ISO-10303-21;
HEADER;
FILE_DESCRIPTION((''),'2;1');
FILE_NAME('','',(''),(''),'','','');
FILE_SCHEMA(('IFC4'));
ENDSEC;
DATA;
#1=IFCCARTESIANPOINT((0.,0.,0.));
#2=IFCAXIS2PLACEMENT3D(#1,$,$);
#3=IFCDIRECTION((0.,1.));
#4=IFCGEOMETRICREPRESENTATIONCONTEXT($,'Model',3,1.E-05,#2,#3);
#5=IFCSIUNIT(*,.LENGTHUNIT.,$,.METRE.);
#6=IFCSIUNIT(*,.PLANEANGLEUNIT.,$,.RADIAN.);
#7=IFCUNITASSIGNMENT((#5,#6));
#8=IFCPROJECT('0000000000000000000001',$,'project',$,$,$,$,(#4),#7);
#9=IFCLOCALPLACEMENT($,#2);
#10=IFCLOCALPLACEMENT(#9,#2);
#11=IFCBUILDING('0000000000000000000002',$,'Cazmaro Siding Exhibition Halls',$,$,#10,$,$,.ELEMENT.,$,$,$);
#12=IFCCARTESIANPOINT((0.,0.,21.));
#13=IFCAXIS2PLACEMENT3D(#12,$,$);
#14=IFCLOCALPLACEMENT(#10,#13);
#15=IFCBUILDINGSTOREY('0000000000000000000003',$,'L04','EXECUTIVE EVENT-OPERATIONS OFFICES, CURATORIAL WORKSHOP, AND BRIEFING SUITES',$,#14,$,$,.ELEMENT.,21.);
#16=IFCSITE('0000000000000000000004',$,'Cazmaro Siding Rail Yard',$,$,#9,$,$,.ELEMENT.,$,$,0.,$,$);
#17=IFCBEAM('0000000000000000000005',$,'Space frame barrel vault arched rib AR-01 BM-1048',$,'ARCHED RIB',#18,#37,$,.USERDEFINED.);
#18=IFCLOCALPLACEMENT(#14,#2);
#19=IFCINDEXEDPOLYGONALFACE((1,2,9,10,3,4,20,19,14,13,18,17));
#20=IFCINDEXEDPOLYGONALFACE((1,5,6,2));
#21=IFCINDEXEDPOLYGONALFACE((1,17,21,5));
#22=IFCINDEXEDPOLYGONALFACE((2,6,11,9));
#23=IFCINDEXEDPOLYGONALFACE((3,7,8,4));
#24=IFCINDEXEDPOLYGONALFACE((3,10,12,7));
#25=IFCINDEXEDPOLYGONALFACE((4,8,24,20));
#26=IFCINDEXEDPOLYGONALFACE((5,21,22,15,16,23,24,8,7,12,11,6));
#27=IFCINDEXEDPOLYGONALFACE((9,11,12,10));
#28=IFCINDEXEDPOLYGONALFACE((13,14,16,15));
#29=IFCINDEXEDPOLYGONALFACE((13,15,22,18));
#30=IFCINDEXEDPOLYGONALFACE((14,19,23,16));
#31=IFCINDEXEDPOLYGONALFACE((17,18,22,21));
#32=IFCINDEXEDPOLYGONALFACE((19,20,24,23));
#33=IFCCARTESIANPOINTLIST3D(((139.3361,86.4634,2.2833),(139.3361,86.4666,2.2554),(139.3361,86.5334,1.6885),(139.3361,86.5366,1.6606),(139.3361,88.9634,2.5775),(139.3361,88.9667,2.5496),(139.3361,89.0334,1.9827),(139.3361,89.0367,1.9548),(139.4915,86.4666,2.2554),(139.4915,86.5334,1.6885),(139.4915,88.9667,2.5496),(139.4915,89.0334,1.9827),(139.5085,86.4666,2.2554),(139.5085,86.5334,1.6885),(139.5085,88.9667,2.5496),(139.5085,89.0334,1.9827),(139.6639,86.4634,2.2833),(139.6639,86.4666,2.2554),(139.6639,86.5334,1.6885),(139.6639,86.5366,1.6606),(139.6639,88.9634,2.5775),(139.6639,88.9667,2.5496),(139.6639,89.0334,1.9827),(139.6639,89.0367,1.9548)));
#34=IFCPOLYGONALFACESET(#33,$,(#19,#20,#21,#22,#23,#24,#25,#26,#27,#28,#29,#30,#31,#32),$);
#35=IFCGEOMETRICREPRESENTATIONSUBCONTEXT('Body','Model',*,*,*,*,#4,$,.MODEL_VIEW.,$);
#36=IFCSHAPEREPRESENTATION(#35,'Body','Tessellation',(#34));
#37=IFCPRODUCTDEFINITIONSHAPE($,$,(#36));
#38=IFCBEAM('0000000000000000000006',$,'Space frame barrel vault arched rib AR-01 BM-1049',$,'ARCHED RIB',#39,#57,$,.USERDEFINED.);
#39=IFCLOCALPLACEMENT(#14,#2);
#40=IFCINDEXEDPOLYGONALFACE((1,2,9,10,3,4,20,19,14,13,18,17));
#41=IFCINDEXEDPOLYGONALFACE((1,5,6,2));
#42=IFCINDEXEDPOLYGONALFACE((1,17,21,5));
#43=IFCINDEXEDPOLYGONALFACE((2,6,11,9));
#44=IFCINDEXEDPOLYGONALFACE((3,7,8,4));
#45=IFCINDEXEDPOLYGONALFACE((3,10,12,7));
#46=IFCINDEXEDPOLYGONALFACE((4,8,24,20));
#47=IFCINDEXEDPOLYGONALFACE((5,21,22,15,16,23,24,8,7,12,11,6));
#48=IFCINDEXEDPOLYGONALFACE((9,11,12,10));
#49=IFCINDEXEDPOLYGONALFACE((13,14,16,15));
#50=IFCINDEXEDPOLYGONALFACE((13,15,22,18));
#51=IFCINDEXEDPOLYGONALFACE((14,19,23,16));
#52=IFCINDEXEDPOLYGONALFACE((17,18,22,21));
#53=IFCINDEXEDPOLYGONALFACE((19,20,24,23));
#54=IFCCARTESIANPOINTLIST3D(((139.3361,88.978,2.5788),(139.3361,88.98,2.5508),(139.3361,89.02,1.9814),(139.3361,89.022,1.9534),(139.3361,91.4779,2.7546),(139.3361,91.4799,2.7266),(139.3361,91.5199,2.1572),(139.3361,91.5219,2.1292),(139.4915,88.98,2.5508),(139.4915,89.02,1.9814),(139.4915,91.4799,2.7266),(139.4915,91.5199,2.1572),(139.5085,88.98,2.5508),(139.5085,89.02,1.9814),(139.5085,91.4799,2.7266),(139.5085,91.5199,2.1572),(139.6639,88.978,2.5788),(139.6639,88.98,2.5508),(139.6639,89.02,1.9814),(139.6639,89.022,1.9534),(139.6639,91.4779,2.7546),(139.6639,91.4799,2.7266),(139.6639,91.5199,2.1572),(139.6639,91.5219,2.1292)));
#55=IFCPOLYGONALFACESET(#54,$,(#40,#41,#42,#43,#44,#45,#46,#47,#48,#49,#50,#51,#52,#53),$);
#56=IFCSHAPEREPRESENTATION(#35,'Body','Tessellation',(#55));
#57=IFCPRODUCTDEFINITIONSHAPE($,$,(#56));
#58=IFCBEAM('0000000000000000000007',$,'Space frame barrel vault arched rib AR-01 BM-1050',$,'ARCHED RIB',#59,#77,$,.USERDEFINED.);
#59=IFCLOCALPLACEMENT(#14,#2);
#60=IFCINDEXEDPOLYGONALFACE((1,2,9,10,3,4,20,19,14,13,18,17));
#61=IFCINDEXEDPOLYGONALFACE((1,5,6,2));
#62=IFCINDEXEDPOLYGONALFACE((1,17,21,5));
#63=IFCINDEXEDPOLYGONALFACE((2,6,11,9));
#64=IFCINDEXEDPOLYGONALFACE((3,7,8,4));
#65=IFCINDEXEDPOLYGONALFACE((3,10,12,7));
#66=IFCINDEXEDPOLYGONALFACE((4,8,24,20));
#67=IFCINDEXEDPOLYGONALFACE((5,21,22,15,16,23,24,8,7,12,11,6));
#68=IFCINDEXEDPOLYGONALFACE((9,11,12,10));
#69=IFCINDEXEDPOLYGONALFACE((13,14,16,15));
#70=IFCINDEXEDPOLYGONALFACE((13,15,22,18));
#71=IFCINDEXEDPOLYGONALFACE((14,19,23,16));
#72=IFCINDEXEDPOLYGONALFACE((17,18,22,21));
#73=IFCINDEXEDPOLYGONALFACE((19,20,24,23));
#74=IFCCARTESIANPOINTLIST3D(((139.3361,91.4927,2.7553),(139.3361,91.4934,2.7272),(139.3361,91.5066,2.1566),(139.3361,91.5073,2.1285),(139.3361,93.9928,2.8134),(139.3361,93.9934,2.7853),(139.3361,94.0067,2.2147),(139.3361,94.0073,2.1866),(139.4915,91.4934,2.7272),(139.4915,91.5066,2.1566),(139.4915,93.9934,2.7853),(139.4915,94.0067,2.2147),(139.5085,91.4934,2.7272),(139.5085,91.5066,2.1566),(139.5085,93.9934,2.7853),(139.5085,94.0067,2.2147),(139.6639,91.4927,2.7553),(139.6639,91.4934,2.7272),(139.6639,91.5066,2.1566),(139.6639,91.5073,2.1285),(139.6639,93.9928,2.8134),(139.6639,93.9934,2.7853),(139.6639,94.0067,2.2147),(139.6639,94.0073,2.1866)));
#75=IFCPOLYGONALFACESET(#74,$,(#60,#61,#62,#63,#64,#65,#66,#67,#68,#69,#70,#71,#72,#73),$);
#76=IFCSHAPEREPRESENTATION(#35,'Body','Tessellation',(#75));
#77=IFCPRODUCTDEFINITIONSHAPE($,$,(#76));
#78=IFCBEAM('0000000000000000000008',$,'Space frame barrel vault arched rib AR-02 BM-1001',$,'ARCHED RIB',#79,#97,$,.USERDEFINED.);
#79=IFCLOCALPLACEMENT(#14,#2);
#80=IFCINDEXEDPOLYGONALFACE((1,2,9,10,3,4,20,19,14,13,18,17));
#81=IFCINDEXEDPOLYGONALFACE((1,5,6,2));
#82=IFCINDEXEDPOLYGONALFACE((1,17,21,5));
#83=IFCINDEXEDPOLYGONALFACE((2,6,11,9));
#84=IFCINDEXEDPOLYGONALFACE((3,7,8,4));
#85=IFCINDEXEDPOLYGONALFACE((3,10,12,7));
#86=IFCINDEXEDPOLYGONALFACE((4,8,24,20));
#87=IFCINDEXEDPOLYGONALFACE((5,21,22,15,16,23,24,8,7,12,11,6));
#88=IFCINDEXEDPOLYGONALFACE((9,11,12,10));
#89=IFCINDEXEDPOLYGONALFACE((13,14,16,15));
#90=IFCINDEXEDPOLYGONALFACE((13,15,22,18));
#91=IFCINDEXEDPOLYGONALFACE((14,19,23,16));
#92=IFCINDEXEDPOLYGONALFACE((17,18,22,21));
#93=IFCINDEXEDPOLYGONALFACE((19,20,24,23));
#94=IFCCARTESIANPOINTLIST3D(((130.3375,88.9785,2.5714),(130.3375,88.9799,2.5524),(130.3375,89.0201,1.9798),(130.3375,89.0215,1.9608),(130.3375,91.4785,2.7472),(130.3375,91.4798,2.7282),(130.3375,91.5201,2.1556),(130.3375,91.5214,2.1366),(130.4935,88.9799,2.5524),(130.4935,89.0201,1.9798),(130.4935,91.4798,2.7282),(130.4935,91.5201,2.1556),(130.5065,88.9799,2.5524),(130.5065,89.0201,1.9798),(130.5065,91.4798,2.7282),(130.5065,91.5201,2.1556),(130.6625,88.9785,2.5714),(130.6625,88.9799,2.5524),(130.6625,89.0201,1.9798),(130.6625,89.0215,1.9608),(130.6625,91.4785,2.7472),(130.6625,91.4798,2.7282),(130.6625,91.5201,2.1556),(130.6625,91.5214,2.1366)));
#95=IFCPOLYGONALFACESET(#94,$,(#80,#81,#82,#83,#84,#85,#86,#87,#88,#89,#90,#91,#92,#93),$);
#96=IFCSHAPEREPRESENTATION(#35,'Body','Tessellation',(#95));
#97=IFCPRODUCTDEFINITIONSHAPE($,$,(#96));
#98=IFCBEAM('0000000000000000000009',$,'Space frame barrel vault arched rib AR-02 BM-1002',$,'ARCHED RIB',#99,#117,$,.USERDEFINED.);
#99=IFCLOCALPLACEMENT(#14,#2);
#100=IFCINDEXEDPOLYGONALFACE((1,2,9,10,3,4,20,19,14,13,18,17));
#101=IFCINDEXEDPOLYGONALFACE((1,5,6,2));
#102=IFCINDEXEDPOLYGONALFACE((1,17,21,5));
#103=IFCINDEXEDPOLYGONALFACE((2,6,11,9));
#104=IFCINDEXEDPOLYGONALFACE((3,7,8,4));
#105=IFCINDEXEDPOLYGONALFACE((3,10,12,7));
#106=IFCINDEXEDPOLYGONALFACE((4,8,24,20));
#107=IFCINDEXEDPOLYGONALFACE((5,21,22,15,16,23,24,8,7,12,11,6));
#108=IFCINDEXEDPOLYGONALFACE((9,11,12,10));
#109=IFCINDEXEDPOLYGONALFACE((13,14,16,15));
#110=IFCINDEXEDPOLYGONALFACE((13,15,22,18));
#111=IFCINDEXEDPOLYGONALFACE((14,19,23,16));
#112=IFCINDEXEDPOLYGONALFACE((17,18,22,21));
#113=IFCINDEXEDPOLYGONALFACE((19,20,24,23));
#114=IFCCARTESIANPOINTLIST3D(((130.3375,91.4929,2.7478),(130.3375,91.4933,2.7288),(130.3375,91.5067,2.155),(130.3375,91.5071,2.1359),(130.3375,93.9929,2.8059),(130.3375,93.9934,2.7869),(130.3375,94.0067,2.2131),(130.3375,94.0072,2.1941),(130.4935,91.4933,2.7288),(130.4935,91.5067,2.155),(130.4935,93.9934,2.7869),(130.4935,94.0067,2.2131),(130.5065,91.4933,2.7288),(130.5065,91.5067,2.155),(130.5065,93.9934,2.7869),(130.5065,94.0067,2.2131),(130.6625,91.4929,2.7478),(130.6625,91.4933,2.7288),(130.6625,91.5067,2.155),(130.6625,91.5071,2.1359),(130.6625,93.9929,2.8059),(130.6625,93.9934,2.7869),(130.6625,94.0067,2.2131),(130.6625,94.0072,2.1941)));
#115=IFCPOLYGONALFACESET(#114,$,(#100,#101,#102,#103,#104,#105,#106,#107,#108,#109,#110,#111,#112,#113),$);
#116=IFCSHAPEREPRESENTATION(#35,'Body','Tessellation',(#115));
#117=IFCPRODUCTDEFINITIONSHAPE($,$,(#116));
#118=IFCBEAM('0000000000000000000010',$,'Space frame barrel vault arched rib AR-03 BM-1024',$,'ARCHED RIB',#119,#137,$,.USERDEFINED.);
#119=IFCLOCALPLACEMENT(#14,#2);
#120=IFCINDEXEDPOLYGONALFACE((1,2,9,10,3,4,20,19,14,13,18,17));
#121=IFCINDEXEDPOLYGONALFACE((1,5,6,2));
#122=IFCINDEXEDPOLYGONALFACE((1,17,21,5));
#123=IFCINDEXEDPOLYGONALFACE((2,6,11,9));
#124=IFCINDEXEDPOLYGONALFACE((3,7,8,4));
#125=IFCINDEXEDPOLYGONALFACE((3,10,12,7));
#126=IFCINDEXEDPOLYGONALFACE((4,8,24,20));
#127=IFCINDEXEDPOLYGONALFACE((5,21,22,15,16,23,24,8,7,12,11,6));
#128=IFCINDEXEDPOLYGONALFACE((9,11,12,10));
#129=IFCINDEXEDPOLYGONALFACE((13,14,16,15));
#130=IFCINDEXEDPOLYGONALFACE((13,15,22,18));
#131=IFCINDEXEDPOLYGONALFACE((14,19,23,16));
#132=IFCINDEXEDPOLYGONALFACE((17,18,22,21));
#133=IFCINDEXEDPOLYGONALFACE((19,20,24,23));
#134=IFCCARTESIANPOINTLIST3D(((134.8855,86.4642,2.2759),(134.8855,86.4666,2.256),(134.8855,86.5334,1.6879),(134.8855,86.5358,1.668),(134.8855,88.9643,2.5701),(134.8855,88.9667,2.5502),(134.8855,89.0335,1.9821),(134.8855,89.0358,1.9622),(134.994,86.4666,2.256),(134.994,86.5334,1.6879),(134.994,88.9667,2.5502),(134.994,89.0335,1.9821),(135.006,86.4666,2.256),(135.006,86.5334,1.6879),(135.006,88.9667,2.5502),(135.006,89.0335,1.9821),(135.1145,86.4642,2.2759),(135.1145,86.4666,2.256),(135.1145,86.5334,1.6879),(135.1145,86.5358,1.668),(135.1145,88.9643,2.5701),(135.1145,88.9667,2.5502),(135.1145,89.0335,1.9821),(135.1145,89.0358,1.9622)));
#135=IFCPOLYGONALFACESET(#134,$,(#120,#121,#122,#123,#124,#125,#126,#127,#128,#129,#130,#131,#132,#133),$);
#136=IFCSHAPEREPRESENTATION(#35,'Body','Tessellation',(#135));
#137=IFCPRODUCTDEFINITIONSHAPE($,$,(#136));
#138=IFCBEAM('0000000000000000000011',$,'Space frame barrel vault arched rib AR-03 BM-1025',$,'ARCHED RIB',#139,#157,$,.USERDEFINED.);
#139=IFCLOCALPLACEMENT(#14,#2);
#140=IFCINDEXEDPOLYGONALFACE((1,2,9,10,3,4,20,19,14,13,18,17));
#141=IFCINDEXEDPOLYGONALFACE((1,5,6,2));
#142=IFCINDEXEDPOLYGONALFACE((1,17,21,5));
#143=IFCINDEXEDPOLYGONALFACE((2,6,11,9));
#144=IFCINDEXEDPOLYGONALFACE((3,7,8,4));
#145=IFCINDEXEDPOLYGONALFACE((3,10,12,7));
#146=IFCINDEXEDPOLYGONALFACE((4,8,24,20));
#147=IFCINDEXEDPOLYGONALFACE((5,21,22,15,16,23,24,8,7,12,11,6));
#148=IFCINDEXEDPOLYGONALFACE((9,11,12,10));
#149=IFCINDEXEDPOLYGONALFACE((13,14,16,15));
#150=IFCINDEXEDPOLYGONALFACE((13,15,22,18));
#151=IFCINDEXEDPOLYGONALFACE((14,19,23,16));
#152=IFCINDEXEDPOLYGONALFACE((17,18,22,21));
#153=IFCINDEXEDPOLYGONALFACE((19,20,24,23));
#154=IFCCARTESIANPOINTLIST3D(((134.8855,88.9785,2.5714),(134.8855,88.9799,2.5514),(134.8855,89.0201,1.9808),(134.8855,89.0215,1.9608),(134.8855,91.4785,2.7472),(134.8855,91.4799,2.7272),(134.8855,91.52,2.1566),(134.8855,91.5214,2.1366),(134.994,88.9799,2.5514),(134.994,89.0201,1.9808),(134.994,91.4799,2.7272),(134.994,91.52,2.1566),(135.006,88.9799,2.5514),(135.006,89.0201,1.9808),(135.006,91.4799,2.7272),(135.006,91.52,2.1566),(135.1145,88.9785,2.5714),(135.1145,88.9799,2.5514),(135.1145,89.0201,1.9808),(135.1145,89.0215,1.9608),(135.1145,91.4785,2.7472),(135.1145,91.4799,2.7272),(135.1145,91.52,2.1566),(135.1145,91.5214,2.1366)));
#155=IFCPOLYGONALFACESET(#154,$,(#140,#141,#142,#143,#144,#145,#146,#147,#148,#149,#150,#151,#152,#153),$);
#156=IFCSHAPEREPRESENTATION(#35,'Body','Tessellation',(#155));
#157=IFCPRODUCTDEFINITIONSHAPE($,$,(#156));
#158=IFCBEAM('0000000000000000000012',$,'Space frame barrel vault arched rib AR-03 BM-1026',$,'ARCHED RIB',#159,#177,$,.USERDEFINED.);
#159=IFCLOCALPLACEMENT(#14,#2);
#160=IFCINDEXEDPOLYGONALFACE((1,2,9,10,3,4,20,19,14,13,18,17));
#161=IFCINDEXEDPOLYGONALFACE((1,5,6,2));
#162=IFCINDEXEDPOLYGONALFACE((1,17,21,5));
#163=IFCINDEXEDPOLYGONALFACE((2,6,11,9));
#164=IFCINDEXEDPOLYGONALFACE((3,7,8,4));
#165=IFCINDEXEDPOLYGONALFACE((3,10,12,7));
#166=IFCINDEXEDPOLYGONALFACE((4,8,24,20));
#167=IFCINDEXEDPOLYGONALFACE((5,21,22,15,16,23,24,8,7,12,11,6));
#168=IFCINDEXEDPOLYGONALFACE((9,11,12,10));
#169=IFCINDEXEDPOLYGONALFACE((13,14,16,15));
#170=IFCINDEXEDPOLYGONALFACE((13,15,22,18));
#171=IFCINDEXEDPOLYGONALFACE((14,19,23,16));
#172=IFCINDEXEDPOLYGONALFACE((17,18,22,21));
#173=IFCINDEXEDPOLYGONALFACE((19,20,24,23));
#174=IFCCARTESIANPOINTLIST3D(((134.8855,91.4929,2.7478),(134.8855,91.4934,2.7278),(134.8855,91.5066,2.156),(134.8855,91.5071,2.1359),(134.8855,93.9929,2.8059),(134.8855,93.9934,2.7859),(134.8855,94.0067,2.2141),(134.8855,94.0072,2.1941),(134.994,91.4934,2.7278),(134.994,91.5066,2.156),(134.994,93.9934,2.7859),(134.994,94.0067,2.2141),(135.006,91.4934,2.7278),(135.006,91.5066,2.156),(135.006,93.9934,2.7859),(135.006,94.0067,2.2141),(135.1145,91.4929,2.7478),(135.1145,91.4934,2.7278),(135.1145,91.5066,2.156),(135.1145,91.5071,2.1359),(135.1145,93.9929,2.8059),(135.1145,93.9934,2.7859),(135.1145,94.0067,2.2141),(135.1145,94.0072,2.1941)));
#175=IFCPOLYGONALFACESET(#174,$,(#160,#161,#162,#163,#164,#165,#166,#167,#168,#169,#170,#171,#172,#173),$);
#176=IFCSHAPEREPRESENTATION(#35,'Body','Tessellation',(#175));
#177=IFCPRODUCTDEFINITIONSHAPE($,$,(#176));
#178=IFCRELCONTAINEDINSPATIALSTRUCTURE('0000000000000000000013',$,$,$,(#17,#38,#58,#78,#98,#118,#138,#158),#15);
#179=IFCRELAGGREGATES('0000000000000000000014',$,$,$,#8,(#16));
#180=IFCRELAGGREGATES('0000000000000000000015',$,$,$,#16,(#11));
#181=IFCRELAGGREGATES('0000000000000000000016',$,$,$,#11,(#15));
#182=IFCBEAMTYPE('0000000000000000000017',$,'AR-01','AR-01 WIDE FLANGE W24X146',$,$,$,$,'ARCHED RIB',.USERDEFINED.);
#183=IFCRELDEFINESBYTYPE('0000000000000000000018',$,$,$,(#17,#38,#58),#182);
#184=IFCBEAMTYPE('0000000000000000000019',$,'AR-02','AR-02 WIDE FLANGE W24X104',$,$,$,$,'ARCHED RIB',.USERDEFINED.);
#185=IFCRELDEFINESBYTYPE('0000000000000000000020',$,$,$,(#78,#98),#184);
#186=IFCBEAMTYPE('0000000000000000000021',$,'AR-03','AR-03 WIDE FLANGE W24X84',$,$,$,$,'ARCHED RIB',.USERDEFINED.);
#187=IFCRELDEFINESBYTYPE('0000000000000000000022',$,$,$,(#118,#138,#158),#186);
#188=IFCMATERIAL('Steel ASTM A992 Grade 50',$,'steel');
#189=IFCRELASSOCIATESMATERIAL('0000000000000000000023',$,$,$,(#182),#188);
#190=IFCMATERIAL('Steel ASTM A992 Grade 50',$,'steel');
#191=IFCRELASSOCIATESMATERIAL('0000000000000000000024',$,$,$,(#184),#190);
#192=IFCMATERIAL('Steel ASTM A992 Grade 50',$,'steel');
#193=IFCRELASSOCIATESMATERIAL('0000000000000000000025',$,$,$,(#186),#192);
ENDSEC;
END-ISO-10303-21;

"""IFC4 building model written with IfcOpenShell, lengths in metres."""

from ifc_helpers import new_model, si_unit, direction, frame, origin, origin_2d, place, context, subcontext, project, spatial, i_section, extrude, material, material_profile, profile_set, type_object, element, save


model = new_model("IFC4")

# Units and contexts
model_context = context("Model", 3, precision=1e-05, world=origin(), true_north=direction((0.0, 1.0)))
body_context = subcontext(model_context, "Body", "Model", "MODEL_VIEW")
ifc_project = project(units=[si_unit("LENGTHUNIT", "METRE"), si_unit("PLANEANGLEUNIT", "RADIAN")], contexts=[model_context])

# Site, building, storey
site_placement = place(None, origin())
site = spatial("IfcSite", under=ifc_project, at=site_placement, Name="Cazmaro Siding Rail Yard", CompositionType="ELEMENT", RefElevation=0.0)
building_placement = place(site_placement, origin())
building = spatial("IfcBuilding", under=site, at=building_placement, Name="Cazmaro Siding Exhibition Halls", CompositionType="ELEMENT")
storey_placement = place(building_placement, frame((0.0, 0.0, 21.0)))
storey = spatial("IfcBuildingStorey", under=building, at=storey_placement, Name="L04", Description="EXECUTIVE EVENT-OPERATIONS OFFICES, CURATORIAL WORKSHOP, AND BRIEFING SUITES", CompositionType="ELEMENT", Elevation=21.0)

# Beams
ifc_material_1 = material(Name="Steel ASTM A992 Grade 50", Category="steel")
ifc_material_profile_1 = material_profile(ifc_material_1, i_section(OverallWidth=0.3279, OverallDepth=0.627, WebThickness=0.0171, FlangeThickness=0.0281, at=origin_2d()), Name="W24X146")
ifc_profile_set_1 = profile_set([ifc_material_profile_1], Name="Steel ASTM A992 Grade 50")
beam_type_1 = type_object("IfcBeamType", Name="AR-01", Description="AR-01 WIDE FLANGE W24X146", ElementType="ARCHED RIB", PredefinedType="USERDEFINED", material=ifc_profile_set_1)
beam_1_placement = place(storey_placement, frame((139.5, 86.5, 1.9719), z_axis=(0.0, 0.993147, 0.116869), x_axis=(-1.0, 0.0, 0.0)))
element("IfcBeam", 1, at=beam_1_placement, inside=storey, type_object=beam_type_1, Name="Space frame barrel vault arched rib AR-01 BM-1048", ObjectType="ARCHED RIB", PredefinedType="USERDEFINED", context=body_context, shape_type="SweptSolid", body=[
    extrude(i_section(OverallWidth=0.3279, OverallDepth=0.627, WebThickness=0.0171, FlangeThickness=0.0281, at=origin_2d()), origin(), (0.0, 0.0, 1.0), 2.5173),
])
beam_2_placement = place(storey_placement, frame((139.5, 89.0, 2.2661), z_axis=(0.0, 0.997537, 0.070139), x_axis=(-1.0, 0.0, 0.0)))
element("IfcBeam", 2, at=beam_2_placement, inside=storey, type_object=beam_type_1, Name="Space frame barrel vault arched rib AR-01 BM-1049", ObjectType="ARCHED RIB", PredefinedType="USERDEFINED", context=body_context, shape_type="SweptSolid", body=[
    extrude(i_section(OverallWidth=0.3279, OverallDepth=0.627, WebThickness=0.0171, FlangeThickness=0.0281, at=origin_2d()), origin(), (0.0, 0.0, 1.0), 2.5061),
])
beam_3_placement = place(storey_placement, frame((139.5, 91.5, 2.4419), z_axis=(0.0, 0.99973, 0.023236), x_axis=(-1.0, 0.0, 0.0)))
element("IfcBeam", 3, at=beam_3_placement, inside=storey, type_object=beam_type_1, Name="Space frame barrel vault arched rib AR-01 BM-1050", ObjectType="ARCHED RIB", PredefinedType="USERDEFINED", context=body_context, shape_type="SweptSolid", body=[
    extrude(i_section(OverallWidth=0.3279, OverallDepth=0.627, WebThickness=0.0171, FlangeThickness=0.0281, at=origin_2d()), origin(), (0.0, 0.0, 1.0), 2.5007),
])
ifc_material_2 = material(Name="Steel ASTM A992 Grade 50", Category="steel")
ifc_material_profile_2 = material_profile(ifc_material_2, i_section(OverallWidth=0.325, OverallDepth=0.6121, WebThickness=0.0129, FlangeThickness=0.019, at=origin_2d()), Name="W24X104")
ifc_profile_set_2 = profile_set([ifc_material_profile_2], Name="Steel ASTM A992 Grade 50")
beam_type_2 = type_object("IfcBeamType", Name="AR-02", Description="AR-02 WIDE FLANGE W24X104", ElementType="ARCHED RIB", PredefinedType="USERDEFINED", material=ifc_profile_set_2)
beam_4_placement = place(storey_placement, frame((130.5, 89.0, 2.2661), z_axis=(0.0, 0.997537, 0.070139), x_axis=(-1.0, 0.0, 0.0)))
element("IfcBeam", 4, at=beam_4_placement, inside=storey, type_object=beam_type_2, Name="Space frame barrel vault arched rib AR-02 BM-1001", ObjectType="ARCHED RIB", PredefinedType="USERDEFINED", context=body_context, shape_type="SweptSolid", body=[
    extrude(i_section(OverallWidth=0.325, OverallDepth=0.6121, WebThickness=0.0129, FlangeThickness=0.019, at=origin_2d()), origin(), (0.0, 0.0, 1.0), 2.5061),
])
beam_5_placement = place(storey_placement, frame((130.5, 91.5, 2.4419), z_axis=(0.0, 0.99973, 0.023236), x_axis=(-1.0, 0.0, 0.0)))
element("IfcBeam", 5, at=beam_5_placement, inside=storey, type_object=beam_type_2, Name="Space frame barrel vault arched rib AR-02 BM-1002", ObjectType="ARCHED RIB", PredefinedType="USERDEFINED", context=body_context, shape_type="SweptSolid", body=[
    extrude(i_section(OverallWidth=0.325, OverallDepth=0.6121, WebThickness=0.0129, FlangeThickness=0.019, at=origin_2d()), origin(), (0.0, 0.0, 1.0), 2.5007),
])
ifc_material_3 = material(Name="Steel ASTM A992 Grade 50", Category="steel")
ifc_material_profile_3 = material_profile(ifc_material_3, i_section(OverallWidth=0.229, OverallDepth=0.6121, WebThickness=0.012, FlangeThickness=0.02, at=origin_2d()), Name="W24X84")
ifc_profile_set_3 = profile_set([ifc_material_profile_3], Name="Steel ASTM A992 Grade 50")
beam_type_3 = type_object("IfcBeamType", Name="AR-03", Description="AR-03 WIDE FLANGE W24X84", ElementType="ARCHED RIB", PredefinedType="USERDEFINED", material=ifc_profile_set_3)
beam_6_placement = place(storey_placement, frame((135.0, 86.5, 1.9719), z_axis=(0.0, 0.993147, 0.116869), x_axis=(-1.0, 0.0, 0.0)))
element("IfcBeam", 6, at=beam_6_placement, inside=storey, type_object=beam_type_3, Name="Space frame barrel vault arched rib AR-03 BM-1024", ObjectType="ARCHED RIB", PredefinedType="USERDEFINED", context=body_context, shape_type="SweptSolid", body=[
    extrude(i_section(OverallWidth=0.229, OverallDepth=0.6121, WebThickness=0.012, FlangeThickness=0.02, at=origin_2d()), origin(), (0.0, 0.0, 1.0), 2.5173),
])
beam_7_placement = place(storey_placement, frame((135.0, 89.0, 2.2661), z_axis=(0.0, 0.997537, 0.070139), x_axis=(-1.0, 0.0, 0.0)))
element("IfcBeam", 7, at=beam_7_placement, inside=storey, type_object=beam_type_3, Name="Space frame barrel vault arched rib AR-03 BM-1025", ObjectType="ARCHED RIB", PredefinedType="USERDEFINED", context=body_context, shape_type="SweptSolid", body=[
    extrude(i_section(OverallWidth=0.229, OverallDepth=0.6121, WebThickness=0.012, FlangeThickness=0.02, at=origin_2d()), origin(), (0.0, 0.0, 1.0), 2.5061),
])
beam_8_placement = place(storey_placement, frame((135.0, 91.5, 2.4419), z_axis=(0.0, 0.99973, 0.023236), x_axis=(-1.0, 0.0, 0.0)))
element("IfcBeam", 8, at=beam_8_placement, inside=storey, type_object=beam_type_3, Name="Space frame barrel vault arched rib AR-03 BM-1026", ObjectType="ARCHED RIB", PredefinedType="USERDEFINED", context=body_context, shape_type="SweptSolid", body=[
    extrude(i_section(OverallWidth=0.229, OverallDepth=0.6121, WebThickness=0.012, FlangeThickness=0.02, at=origin_2d()), origin(), (0.0, 0.0, 1.0), 2.5007),
])

save(model, "model.ifc")
